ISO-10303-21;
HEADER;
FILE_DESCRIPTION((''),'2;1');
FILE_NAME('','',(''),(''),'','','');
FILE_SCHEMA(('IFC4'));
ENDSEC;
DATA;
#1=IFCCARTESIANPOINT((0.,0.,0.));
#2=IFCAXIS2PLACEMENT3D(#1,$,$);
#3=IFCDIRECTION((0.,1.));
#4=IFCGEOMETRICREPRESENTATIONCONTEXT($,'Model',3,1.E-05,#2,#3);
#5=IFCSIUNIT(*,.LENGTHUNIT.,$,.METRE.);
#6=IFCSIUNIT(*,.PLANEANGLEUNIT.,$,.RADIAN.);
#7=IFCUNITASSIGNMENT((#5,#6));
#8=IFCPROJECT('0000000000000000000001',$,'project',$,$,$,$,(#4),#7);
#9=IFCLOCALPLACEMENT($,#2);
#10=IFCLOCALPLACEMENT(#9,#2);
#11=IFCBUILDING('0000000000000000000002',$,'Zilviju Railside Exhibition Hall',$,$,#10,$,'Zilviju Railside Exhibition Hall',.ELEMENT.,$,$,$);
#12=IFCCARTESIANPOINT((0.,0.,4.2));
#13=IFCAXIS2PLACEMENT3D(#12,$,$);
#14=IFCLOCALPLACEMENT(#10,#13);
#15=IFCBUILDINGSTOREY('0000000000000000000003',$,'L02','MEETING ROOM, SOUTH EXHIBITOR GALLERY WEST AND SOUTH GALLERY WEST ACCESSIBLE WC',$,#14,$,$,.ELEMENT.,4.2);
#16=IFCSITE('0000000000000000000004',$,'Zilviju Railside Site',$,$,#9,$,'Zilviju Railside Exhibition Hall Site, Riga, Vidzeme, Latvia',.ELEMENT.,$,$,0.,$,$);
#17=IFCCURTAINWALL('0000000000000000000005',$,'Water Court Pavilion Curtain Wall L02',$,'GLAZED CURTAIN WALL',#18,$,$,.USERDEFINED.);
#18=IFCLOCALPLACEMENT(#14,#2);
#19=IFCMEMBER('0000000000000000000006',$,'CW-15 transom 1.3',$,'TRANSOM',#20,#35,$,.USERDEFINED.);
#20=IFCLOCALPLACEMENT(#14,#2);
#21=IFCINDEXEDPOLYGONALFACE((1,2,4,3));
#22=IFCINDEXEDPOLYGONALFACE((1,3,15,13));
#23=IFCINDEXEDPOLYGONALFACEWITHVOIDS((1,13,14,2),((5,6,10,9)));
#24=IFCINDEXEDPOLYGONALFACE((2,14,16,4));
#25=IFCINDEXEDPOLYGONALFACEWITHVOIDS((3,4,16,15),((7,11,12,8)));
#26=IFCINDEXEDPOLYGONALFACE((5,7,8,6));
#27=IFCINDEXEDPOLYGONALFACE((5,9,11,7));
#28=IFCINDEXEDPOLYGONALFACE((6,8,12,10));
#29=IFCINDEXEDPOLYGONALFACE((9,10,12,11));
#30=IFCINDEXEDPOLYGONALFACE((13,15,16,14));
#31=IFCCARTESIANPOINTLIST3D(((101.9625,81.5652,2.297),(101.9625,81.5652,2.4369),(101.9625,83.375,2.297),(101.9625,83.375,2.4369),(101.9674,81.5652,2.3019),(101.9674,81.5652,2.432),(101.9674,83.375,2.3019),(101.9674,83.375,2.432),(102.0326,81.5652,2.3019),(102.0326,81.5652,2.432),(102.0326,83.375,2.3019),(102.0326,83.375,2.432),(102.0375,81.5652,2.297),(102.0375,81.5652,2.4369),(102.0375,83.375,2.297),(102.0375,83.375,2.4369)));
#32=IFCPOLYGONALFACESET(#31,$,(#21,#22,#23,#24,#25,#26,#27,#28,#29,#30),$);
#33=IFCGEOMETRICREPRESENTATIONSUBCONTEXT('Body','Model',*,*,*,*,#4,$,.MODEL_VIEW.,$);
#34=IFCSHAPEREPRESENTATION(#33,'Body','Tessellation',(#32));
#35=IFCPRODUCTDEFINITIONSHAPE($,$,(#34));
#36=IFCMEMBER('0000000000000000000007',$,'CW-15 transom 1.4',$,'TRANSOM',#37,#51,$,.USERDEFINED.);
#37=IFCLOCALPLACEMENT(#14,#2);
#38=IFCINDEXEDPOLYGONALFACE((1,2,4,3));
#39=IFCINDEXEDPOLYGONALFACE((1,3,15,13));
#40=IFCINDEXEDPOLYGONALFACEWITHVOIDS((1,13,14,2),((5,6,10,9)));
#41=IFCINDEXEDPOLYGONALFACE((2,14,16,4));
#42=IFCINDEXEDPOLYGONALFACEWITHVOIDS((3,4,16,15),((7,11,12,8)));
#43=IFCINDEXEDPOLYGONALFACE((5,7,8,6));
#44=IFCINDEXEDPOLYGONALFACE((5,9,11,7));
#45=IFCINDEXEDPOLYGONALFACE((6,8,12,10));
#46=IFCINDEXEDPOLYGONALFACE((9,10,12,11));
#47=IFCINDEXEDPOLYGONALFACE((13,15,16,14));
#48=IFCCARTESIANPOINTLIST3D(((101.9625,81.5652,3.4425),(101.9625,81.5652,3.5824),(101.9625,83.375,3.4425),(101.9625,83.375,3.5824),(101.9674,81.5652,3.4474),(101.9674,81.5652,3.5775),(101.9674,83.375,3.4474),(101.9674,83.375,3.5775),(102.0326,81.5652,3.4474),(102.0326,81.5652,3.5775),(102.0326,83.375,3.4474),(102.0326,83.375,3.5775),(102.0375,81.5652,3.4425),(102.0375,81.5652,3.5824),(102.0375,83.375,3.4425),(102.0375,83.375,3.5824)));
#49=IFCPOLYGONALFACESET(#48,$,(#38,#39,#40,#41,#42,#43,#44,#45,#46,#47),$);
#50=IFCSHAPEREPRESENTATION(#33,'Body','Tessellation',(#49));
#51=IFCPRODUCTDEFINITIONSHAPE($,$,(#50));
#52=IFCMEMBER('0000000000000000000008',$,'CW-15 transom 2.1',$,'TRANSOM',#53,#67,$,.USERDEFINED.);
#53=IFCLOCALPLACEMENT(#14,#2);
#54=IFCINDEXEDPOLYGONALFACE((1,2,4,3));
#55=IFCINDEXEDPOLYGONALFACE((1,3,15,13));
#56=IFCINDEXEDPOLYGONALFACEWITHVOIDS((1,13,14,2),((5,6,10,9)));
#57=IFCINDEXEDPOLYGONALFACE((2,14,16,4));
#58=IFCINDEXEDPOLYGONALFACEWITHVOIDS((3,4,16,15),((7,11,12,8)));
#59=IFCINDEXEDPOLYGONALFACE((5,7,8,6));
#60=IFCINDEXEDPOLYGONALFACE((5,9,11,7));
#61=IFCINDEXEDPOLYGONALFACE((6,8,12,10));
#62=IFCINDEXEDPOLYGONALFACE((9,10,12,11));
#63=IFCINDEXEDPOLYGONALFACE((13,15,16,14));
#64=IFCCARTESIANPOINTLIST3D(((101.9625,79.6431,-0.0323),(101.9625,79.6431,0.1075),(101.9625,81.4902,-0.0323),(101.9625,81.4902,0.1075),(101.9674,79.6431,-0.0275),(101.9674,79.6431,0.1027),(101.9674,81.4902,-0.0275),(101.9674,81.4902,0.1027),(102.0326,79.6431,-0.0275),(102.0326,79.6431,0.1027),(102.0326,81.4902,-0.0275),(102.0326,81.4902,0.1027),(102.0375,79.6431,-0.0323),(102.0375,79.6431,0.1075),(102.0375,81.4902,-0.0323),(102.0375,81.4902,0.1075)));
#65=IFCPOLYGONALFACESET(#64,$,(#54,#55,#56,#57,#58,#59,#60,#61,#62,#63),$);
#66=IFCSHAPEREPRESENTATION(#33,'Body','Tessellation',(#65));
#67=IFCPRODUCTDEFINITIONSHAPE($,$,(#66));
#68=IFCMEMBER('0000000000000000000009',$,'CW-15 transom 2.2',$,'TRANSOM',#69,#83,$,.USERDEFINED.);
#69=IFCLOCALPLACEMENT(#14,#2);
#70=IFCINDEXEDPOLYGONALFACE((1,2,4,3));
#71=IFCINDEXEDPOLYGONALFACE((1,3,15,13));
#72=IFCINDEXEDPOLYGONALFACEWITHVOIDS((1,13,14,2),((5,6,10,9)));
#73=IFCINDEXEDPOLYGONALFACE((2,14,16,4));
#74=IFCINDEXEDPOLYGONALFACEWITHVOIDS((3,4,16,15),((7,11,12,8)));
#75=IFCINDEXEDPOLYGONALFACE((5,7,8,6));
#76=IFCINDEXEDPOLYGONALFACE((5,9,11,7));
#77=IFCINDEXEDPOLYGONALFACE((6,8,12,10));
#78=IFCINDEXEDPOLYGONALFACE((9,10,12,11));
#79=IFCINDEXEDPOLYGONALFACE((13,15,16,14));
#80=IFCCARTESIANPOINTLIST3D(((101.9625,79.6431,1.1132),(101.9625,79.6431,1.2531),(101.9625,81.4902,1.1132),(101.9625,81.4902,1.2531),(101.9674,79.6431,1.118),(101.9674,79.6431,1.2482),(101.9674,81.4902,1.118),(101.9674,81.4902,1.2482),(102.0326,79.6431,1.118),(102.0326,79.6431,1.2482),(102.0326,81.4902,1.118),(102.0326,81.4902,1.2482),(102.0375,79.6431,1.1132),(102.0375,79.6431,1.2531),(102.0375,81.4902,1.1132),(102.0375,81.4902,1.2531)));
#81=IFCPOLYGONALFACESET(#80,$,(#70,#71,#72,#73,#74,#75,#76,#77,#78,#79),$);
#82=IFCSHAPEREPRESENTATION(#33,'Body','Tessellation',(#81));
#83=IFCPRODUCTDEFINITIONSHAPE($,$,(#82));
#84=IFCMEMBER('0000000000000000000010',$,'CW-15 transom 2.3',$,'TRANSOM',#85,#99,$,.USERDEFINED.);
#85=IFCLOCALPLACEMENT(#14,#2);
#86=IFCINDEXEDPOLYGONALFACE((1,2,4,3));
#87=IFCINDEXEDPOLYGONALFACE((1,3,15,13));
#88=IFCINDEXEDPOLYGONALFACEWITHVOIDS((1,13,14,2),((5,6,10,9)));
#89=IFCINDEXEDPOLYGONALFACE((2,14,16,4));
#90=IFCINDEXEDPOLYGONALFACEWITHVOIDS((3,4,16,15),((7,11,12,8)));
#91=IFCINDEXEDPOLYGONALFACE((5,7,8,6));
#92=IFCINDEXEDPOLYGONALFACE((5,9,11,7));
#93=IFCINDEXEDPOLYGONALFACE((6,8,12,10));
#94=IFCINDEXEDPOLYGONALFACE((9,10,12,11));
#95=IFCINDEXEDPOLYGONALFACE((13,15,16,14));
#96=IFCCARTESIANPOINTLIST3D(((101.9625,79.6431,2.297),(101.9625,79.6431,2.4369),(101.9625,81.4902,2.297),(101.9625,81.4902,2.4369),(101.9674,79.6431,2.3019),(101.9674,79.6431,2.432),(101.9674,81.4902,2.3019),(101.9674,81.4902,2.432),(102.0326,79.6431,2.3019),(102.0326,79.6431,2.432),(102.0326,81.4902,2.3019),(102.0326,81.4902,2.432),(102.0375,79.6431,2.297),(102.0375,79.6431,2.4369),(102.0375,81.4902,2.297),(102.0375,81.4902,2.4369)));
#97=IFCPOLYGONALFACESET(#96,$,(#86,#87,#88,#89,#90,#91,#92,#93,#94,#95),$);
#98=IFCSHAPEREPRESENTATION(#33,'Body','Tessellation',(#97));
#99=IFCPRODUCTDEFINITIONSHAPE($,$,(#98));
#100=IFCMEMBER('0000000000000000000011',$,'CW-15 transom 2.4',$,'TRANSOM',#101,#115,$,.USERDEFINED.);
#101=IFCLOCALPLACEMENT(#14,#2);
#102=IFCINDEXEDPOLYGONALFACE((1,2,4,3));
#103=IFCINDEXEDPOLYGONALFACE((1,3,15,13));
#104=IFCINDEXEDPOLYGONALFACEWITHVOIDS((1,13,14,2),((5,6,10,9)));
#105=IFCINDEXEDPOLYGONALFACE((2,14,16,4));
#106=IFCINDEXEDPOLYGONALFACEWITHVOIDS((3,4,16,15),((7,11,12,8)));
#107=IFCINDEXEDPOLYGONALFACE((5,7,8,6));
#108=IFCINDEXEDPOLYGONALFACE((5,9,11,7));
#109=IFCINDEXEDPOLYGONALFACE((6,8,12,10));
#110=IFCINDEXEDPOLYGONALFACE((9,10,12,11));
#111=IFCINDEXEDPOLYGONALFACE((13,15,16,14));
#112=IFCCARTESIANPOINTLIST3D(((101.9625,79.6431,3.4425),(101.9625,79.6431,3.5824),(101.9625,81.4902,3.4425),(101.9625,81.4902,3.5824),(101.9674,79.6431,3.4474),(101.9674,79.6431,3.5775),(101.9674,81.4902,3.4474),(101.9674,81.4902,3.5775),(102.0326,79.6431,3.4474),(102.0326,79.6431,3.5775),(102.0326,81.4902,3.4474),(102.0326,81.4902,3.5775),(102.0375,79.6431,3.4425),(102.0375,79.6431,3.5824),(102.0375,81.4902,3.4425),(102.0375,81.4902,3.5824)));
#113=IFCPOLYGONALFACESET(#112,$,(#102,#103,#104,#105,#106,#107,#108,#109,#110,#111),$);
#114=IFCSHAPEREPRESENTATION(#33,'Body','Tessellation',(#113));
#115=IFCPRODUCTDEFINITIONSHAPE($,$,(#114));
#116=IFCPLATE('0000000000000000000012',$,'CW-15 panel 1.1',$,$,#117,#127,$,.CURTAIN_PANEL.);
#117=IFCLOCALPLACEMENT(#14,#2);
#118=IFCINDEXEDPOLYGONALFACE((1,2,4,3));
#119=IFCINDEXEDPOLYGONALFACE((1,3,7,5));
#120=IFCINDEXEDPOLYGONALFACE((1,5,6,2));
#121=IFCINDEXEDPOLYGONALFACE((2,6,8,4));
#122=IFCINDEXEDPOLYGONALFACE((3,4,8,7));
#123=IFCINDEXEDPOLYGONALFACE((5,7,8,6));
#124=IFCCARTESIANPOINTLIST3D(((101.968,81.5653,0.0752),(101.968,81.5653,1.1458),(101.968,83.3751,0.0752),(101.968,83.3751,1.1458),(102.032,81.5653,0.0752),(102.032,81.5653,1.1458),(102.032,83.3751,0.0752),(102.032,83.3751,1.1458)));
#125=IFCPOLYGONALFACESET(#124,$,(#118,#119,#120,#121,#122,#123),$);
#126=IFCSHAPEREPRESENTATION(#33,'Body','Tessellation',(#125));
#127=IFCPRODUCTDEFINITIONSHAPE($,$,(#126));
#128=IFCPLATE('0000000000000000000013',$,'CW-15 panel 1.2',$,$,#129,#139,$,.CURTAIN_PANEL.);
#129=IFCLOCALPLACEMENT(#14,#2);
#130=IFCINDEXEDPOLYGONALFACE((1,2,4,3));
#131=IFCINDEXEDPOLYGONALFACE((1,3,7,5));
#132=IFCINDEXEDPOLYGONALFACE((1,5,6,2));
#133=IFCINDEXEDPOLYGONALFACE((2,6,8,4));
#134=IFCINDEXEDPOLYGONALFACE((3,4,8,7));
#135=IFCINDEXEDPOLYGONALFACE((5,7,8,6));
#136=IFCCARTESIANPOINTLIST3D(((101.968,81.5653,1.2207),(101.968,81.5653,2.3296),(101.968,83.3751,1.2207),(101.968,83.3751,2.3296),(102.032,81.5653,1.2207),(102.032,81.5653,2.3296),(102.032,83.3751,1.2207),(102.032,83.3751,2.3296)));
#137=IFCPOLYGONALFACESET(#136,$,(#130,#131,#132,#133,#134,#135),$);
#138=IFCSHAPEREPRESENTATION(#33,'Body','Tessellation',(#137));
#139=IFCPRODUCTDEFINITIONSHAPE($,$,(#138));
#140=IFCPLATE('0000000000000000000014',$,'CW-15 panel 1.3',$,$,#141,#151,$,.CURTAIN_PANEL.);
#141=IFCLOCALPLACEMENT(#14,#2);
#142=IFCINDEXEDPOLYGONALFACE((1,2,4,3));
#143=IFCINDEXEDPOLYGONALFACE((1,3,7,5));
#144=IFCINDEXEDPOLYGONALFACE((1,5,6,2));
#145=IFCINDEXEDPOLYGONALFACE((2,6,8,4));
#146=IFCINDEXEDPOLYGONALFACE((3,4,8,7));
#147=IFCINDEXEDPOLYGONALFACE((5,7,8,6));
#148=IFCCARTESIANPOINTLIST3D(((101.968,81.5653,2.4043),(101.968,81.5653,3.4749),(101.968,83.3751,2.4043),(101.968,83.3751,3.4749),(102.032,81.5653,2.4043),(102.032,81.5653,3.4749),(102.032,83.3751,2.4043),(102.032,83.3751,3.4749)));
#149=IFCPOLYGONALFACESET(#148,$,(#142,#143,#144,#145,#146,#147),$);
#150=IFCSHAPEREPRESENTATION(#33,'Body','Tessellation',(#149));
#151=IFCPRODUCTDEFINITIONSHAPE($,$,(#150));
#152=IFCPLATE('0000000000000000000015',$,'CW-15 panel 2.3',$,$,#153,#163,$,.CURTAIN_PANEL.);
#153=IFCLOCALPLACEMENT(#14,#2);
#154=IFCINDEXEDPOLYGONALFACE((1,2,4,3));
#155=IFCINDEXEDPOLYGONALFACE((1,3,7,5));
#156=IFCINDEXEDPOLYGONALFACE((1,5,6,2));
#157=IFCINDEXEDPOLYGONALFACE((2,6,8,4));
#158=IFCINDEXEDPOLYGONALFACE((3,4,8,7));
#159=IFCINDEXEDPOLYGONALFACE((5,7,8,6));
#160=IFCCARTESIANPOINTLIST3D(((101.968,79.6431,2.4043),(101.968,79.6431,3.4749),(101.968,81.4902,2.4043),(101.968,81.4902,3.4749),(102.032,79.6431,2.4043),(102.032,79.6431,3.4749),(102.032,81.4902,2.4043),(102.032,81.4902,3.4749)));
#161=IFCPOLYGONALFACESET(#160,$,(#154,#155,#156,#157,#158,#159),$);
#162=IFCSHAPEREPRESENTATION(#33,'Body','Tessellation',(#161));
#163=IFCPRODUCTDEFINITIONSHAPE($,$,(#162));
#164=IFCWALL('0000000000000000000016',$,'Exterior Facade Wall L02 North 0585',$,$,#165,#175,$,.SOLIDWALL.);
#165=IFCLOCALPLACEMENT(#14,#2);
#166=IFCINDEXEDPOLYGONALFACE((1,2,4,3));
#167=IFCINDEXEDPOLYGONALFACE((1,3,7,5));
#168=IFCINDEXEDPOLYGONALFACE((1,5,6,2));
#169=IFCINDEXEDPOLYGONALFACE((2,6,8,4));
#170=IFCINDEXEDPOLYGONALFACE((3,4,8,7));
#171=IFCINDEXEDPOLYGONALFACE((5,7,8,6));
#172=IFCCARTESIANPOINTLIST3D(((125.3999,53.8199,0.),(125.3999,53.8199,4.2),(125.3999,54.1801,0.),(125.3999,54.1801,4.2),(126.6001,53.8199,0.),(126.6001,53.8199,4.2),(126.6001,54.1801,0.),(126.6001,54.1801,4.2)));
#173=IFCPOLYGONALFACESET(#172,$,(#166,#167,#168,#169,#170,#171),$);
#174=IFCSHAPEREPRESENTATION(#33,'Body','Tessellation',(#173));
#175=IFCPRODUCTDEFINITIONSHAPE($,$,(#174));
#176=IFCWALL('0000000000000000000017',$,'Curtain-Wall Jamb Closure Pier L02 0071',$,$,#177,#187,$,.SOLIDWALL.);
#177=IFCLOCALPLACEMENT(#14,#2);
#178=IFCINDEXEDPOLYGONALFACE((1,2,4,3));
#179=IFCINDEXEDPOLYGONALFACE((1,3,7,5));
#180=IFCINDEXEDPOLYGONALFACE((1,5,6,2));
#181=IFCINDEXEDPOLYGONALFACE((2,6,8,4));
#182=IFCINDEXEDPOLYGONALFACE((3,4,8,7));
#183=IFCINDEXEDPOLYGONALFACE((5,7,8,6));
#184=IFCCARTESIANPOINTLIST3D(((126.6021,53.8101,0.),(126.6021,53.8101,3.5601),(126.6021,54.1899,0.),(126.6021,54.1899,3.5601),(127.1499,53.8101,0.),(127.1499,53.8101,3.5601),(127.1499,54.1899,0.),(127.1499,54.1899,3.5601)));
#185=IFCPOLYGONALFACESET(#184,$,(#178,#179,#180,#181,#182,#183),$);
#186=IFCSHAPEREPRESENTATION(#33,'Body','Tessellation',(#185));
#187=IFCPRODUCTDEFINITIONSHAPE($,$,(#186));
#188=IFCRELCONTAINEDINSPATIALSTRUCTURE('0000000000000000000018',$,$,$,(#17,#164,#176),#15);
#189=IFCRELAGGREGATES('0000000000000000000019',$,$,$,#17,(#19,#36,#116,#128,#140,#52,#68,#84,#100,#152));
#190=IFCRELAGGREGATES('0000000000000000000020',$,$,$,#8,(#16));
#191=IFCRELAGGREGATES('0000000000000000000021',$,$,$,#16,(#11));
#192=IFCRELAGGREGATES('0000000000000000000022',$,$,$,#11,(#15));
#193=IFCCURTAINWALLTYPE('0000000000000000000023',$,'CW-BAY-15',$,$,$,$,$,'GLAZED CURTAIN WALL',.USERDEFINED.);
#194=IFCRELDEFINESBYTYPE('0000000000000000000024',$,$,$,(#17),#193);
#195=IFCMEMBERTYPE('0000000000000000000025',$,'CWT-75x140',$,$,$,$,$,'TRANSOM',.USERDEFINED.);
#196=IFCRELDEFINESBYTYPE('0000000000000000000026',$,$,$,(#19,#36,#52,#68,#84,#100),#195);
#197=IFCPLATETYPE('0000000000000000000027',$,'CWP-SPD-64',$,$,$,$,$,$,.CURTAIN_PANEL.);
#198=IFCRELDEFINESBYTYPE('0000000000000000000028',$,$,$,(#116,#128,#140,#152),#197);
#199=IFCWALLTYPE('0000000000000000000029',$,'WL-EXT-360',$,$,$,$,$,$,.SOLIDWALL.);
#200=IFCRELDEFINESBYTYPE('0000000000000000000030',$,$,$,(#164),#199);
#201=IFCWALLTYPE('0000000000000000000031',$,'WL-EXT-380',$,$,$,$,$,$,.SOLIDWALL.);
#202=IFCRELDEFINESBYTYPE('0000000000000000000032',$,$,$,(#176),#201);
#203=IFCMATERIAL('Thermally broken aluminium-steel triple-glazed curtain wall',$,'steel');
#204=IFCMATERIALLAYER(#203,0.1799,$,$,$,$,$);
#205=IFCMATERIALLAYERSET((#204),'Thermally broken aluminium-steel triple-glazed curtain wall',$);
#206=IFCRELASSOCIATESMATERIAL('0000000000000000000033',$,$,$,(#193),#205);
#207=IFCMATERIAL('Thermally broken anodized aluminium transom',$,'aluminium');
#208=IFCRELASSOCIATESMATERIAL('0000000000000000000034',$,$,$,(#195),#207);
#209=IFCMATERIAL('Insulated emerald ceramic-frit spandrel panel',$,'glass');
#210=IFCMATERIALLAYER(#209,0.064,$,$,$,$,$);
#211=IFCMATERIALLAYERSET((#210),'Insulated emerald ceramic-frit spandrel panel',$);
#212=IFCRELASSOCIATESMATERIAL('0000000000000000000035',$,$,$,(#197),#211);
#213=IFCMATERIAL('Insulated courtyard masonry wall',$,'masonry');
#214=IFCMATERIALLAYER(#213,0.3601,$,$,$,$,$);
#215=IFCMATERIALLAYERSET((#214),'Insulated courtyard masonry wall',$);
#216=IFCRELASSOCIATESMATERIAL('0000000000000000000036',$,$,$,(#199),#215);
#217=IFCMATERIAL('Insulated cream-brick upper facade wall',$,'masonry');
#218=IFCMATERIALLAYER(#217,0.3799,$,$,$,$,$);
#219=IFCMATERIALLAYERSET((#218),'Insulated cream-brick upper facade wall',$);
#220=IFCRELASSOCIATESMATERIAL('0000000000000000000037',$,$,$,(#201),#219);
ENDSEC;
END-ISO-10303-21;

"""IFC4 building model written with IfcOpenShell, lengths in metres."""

from ifc_helpers import new_model, si_unit, direction, frame, frame_2d, origin, origin_2d, place, context, subcontext, project, spatial, rectangle, hollow_rectangle, extrude, material, layer, layer_set, material_profile, profile_set, type_object, element, aggregate, save


model = new_model("IFC4")

# Units and contexts
model_context = context("Model", 3, precision=1e-05, world=origin(), true_north=direction((0.0, 1.0)))
body_context = subcontext(model_context, "Body", "Model", "MODEL_VIEW")
ifc_project = project(units=[si_unit("LENGTHUNIT", "METRE"), si_unit("PLANEANGLEUNIT", "RADIAN")], contexts=[model_context])

# Site, building, storey
site_placement = place(None, origin())
site = spatial("IfcSite", under=ifc_project, at=site_placement, Name="Zilviju Railside Site", LongName="Zilviju Railside Exhibition Hall Site, Riga, Vidzeme, Latvia", CompositionType="ELEMENT", RefElevation=0.0)
building_placement = place(site_placement, origin())
building = spatial("IfcBuilding", under=site, at=building_placement, Name="Zilviju Railside Exhibition Hall", LongName="Zilviju Railside Exhibition Hall", CompositionType="ELEMENT")
storey_placement = place(building_placement, frame((0.0, 0.0, 4.2)))
storey = spatial("IfcBuildingStorey", under=building, at=storey_placement, Name="L02", Description="MEETING ROOM, SOUTH EXHIBITOR GALLERY WEST AND SOUTH GALLERY WEST ACCESSIBLE WC", CompositionType="ELEMENT", Elevation=4.2)

# Shared definitions
ifc_material_1 = material(Name="Thermally broken aluminium-steel triple-glazed curtain wall", Category="steel")

# Curtain wall
ifc_layer_1 = layer(ifc_material_1, 0.1799)
ifc_layer_set_1 = layer_set([ifc_layer_1], Name="Thermally broken aluminium-steel triple-glazed curtain wall")
curtain_wall_type_1 = type_object("IfcCurtainWallType", Name="CW-BAY-15", ElementType="GLAZED CURTAIN WALL", PredefinedType="USERDEFINED", material=ifc_layer_set_1)
curtain_wall_1_placement = place(storey_placement, origin())
curtain_wall_1 = element("IfcCurtainWall", 1, at=curtain_wall_1_placement, inside=storey, type_object=curtain_wall_type_1, Name="Water Court Pavilion Curtain Wall L02", ObjectType="GLAZED CURTAIN WALL", PredefinedType="USERDEFINED")

# Members
ifc_material_2 = material(Name="Thermally broken anodized aluminium transom", Category="aluminium")
ifc_material_profile_1 = material_profile(ifc_material_2, hollow_rectangle(XDim=0.075, YDim=0.1399, WallThickness=0.0049, at=origin_2d()), Name="TRANSOM 140x75x5")
ifc_profile_set_1 = profile_set([ifc_material_profile_1], Name="Thermally broken anodized aluminium transom")
member_type_1 = type_object("IfcMemberType", Name="CWT-75x140", ElementType="TRANSOM", PredefinedType="USERDEFINED", material=ifc_profile_set_1)
member_1_placement = place(storey_placement, frame((102.0, 83.375, 2.3669), z_axis=(0.0, -1.0, 0.0), x_axis=(1.0, 0.0, 0.0)))
member_1 = element("IfcMember", 2, at=member_1_placement, type_object=member_type_1, Name="CW-15 transom 1.3", ObjectType="TRANSOM", PredefinedType="USERDEFINED", context=body_context, shape_type="SweptSolid", body=[
    extrude(hollow_rectangle(XDim=0.075, YDim=0.1399, WallThickness=0.0049, at=origin_2d()), origin(), (0.0, 0.0, 1.0), 1.8098),
])
member_2_placement = place(storey_placement, frame((102.0, 83.375, 3.5125), z_axis=(0.0, -1.0, 0.0), x_axis=(1.0, 0.0, 0.0)))
member_2 = element("IfcMember", 3, at=member_2_placement, type_object=member_type_1, Name="CW-15 transom 1.4", ObjectType="TRANSOM", PredefinedType="USERDEFINED", context=body_context, shape_type="SweptSolid", body=[
    extrude(hollow_rectangle(XDim=0.075, YDim=0.1399, WallThickness=0.0049, at=origin_2d()), origin(), (0.0, 0.0, 1.0), 1.8098),
])
member_3_placement = place(storey_placement, frame((102.0, 81.4902, 0.0376), z_axis=(0.0, -1.0, 0.0), x_axis=(1.0, 0.0, 0.0)))
member_3 = element("IfcMember", 4, at=member_3_placement, type_object=member_type_1, Name="CW-15 transom 2.1", ObjectType="TRANSOM", PredefinedType="USERDEFINED", context=body_context, shape_type="SweptSolid", body=[
    extrude(hollow_rectangle(XDim=0.075, YDim=0.1399, WallThickness=0.0049, at=origin_2d()), origin(), (0.0, 0.0, 1.0), 1.8472),
])
member_4_placement = place(storey_placement, frame((102.0, 81.4902, 1.1831), z_axis=(0.0, -1.0, 0.0), x_axis=(1.0, 0.0, 0.0)))
member_4 = element("IfcMember", 5, at=member_4_placement, type_object=member_type_1, Name="CW-15 transom 2.2", ObjectType="TRANSOM", PredefinedType="USERDEFINED", context=body_context, shape_type="SweptSolid", body=[
    extrude(hollow_rectangle(XDim=0.075, YDim=0.1399, WallThickness=0.0049, at=origin_2d()), origin(), (0.0, 0.0, 1.0), 1.8472),
])
member_5_placement = place(storey_placement, frame((102.0, 81.4902, 2.3669), z_axis=(0.0, -1.0, 0.0), x_axis=(1.0, 0.0, 0.0)))
member_5 = element("IfcMember", 6, at=member_5_placement, type_object=member_type_1, Name="CW-15 transom 2.3", ObjectType="TRANSOM", PredefinedType="USERDEFINED", context=body_context, shape_type="SweptSolid", body=[
    extrude(hollow_rectangle(XDim=0.075, YDim=0.1399, WallThickness=0.0049, at=origin_2d()), origin(), (0.0, 0.0, 1.0), 1.8472),
])
member_6_placement = place(storey_placement, frame((102.0, 81.4902, 3.5125), z_axis=(0.0, -1.0, 0.0), x_axis=(1.0, 0.0, 0.0)))
member_6 = element("IfcMember", 7, at=member_6_placement, type_object=member_type_1, Name="CW-15 transom 2.4", ObjectType="TRANSOM", PredefinedType="USERDEFINED", context=body_context, shape_type="SweptSolid", body=[
    extrude(hollow_rectangle(XDim=0.075, YDim=0.1399, WallThickness=0.0049, at=origin_2d()), origin(), (0.0, 0.0, 1.0), 1.8472),
])

# Plates
ifc_material_3 = material(Name="Insulated emerald ceramic-frit spandrel panel", Category="glass")
ifc_layer_2 = layer(ifc_material_3, 0.064)
ifc_layer_set_2 = layer_set([ifc_layer_2], Name="Insulated emerald ceramic-frit spandrel panel")
plate_type = type_object("IfcPlateType", Name="CWP-SPD-64", PredefinedType="CURTAIN_PANEL", material=ifc_layer_set_2)
plate_1_placement = place(storey_placement, frame((102.0, 82.4702, 0.0752), z_axis=(0.0, 0.0, 1.0), x_axis=(0.0, -1.0, 0.0)))
plate_1 = element("IfcPlate", 8, at=plate_1_placement, type_object=plate_type, Name="CW-15 panel 1.1", PredefinedType="CURTAIN_PANEL", context=body_context, shape_type="SweptSolid", body=[
    extrude(rectangle(XDim=1.8098, YDim=0.064, at=origin_2d()), origin(), (0.0, 0.0, 1.0), 1.0706),
])
plate_2_placement = place(storey_placement, frame((102.0, 82.4702, 1.2207), z_axis=(0.0, 0.0, 1.0), x_axis=(0.0, -1.0, 0.0)))
plate_2 = element("IfcPlate", 9, at=plate_2_placement, type_object=plate_type, Name="CW-15 panel 1.2", PredefinedType="CURTAIN_PANEL", context=body_context, shape_type="SweptSolid", body=[
    extrude(rectangle(XDim=1.8098, YDim=0.064, at=origin_2d()), origin(), (0.0, 0.0, 1.0), 1.1089),
])
plate_3_placement = place(storey_placement, frame((102.0, 82.4702, 2.4043), z_axis=(0.0, 0.0, 1.0), x_axis=(0.0, -1.0, 0.0)))
plate_3 = element("IfcPlate", 10, at=plate_3_placement, type_object=plate_type, Name="CW-15 panel 1.3", PredefinedType="CURTAIN_PANEL", context=body_context, shape_type="SweptSolid", body=[
    extrude(rectangle(XDim=1.8098, YDim=0.064, at=origin_2d()), origin(), (0.0, 0.0, 1.0), 1.0706),
])
plate_4_placement = place(storey_placement, frame((102.0, 80.5667, 2.4043), z_axis=(0.0, 0.0, 1.0), x_axis=(0.0, -1.0, 0.0)))
plate_4 = element("IfcPlate", 11, at=plate_4_placement, type_object=plate_type, Name="CW-15 panel 2.3", PredefinedType="CURTAIN_PANEL", context=body_context, shape_type="SweptSolid", body=[
    extrude(rectangle(XDim=1.8472, YDim=0.064, at=origin_2d()), origin(), (0.0, 0.0, 1.0), 1.0706),
])
aggregate(curtain_wall_1, [member_1, member_2, plate_1, plate_2, plate_3, member_3, member_4, member_5, member_6, plate_4])

# Walls
ifc_material_4 = material(Name="Insulated courtyard masonry wall", Category="masonry")
ifc_layer_3 = layer(ifc_material_4, 0.3601)
ifc_layer_set_3 = layer_set([ifc_layer_3], Name="Insulated courtyard masonry wall")
wall_type_1 = type_object("IfcWallType", Name="WL-EXT-360", PredefinedType="SOLIDWALL", material=ifc_layer_set_3)
wall_1_placement = place(storey_placement, frame((125.3999, 54.0, 0.0), z_axis=(0.0, 0.0, 1.0), x_axis=(1.0, 0.0, 0.0)))
element("IfcWall", 12, at=wall_1_placement, inside=storey, type_object=wall_type_1, Name="Exterior Facade Wall L02 North 0585", PredefinedType="SOLIDWALL", context=body_context, shape_type="SweptSolid", body=[
    extrude(rectangle(XDim=1.2002, YDim=0.3601, at=frame_2d((0.6001, 0.0))), origin(), (0.0, 0.0, 1.0), 4.2),
])
ifc_material_5 = material(Name="Insulated cream-brick upper facade wall", Category="masonry")
ifc_layer_4 = layer(ifc_material_5, 0.3799)
ifc_layer_set_4 = layer_set([ifc_layer_4], Name="Insulated cream-brick upper facade wall")
wall_type_2 = type_object("IfcWallType", Name="WL-EXT-380", PredefinedType="SOLIDWALL", material=ifc_layer_set_4)
wall_2_placement = place(storey_placement, frame((126.6021, 54.0, 0.0), z_axis=(0.0, 0.0, 1.0), x_axis=(1.0, 0.0, 0.0)))
element("IfcWall", 13, at=wall_2_placement, inside=storey, type_object=wall_type_2, Name="Curtain-Wall Jamb Closure Pier L02 0071", PredefinedType="SOLIDWALL", context=body_context, shape_type="SweptSolid", body=[
    extrude(rectangle(XDim=0.5479, YDim=0.3799, at=frame_2d((0.2739, 0.0))), origin(), (0.0, 0.0, 1.0), 3.5601),
])

save(model, "model.ifc")
